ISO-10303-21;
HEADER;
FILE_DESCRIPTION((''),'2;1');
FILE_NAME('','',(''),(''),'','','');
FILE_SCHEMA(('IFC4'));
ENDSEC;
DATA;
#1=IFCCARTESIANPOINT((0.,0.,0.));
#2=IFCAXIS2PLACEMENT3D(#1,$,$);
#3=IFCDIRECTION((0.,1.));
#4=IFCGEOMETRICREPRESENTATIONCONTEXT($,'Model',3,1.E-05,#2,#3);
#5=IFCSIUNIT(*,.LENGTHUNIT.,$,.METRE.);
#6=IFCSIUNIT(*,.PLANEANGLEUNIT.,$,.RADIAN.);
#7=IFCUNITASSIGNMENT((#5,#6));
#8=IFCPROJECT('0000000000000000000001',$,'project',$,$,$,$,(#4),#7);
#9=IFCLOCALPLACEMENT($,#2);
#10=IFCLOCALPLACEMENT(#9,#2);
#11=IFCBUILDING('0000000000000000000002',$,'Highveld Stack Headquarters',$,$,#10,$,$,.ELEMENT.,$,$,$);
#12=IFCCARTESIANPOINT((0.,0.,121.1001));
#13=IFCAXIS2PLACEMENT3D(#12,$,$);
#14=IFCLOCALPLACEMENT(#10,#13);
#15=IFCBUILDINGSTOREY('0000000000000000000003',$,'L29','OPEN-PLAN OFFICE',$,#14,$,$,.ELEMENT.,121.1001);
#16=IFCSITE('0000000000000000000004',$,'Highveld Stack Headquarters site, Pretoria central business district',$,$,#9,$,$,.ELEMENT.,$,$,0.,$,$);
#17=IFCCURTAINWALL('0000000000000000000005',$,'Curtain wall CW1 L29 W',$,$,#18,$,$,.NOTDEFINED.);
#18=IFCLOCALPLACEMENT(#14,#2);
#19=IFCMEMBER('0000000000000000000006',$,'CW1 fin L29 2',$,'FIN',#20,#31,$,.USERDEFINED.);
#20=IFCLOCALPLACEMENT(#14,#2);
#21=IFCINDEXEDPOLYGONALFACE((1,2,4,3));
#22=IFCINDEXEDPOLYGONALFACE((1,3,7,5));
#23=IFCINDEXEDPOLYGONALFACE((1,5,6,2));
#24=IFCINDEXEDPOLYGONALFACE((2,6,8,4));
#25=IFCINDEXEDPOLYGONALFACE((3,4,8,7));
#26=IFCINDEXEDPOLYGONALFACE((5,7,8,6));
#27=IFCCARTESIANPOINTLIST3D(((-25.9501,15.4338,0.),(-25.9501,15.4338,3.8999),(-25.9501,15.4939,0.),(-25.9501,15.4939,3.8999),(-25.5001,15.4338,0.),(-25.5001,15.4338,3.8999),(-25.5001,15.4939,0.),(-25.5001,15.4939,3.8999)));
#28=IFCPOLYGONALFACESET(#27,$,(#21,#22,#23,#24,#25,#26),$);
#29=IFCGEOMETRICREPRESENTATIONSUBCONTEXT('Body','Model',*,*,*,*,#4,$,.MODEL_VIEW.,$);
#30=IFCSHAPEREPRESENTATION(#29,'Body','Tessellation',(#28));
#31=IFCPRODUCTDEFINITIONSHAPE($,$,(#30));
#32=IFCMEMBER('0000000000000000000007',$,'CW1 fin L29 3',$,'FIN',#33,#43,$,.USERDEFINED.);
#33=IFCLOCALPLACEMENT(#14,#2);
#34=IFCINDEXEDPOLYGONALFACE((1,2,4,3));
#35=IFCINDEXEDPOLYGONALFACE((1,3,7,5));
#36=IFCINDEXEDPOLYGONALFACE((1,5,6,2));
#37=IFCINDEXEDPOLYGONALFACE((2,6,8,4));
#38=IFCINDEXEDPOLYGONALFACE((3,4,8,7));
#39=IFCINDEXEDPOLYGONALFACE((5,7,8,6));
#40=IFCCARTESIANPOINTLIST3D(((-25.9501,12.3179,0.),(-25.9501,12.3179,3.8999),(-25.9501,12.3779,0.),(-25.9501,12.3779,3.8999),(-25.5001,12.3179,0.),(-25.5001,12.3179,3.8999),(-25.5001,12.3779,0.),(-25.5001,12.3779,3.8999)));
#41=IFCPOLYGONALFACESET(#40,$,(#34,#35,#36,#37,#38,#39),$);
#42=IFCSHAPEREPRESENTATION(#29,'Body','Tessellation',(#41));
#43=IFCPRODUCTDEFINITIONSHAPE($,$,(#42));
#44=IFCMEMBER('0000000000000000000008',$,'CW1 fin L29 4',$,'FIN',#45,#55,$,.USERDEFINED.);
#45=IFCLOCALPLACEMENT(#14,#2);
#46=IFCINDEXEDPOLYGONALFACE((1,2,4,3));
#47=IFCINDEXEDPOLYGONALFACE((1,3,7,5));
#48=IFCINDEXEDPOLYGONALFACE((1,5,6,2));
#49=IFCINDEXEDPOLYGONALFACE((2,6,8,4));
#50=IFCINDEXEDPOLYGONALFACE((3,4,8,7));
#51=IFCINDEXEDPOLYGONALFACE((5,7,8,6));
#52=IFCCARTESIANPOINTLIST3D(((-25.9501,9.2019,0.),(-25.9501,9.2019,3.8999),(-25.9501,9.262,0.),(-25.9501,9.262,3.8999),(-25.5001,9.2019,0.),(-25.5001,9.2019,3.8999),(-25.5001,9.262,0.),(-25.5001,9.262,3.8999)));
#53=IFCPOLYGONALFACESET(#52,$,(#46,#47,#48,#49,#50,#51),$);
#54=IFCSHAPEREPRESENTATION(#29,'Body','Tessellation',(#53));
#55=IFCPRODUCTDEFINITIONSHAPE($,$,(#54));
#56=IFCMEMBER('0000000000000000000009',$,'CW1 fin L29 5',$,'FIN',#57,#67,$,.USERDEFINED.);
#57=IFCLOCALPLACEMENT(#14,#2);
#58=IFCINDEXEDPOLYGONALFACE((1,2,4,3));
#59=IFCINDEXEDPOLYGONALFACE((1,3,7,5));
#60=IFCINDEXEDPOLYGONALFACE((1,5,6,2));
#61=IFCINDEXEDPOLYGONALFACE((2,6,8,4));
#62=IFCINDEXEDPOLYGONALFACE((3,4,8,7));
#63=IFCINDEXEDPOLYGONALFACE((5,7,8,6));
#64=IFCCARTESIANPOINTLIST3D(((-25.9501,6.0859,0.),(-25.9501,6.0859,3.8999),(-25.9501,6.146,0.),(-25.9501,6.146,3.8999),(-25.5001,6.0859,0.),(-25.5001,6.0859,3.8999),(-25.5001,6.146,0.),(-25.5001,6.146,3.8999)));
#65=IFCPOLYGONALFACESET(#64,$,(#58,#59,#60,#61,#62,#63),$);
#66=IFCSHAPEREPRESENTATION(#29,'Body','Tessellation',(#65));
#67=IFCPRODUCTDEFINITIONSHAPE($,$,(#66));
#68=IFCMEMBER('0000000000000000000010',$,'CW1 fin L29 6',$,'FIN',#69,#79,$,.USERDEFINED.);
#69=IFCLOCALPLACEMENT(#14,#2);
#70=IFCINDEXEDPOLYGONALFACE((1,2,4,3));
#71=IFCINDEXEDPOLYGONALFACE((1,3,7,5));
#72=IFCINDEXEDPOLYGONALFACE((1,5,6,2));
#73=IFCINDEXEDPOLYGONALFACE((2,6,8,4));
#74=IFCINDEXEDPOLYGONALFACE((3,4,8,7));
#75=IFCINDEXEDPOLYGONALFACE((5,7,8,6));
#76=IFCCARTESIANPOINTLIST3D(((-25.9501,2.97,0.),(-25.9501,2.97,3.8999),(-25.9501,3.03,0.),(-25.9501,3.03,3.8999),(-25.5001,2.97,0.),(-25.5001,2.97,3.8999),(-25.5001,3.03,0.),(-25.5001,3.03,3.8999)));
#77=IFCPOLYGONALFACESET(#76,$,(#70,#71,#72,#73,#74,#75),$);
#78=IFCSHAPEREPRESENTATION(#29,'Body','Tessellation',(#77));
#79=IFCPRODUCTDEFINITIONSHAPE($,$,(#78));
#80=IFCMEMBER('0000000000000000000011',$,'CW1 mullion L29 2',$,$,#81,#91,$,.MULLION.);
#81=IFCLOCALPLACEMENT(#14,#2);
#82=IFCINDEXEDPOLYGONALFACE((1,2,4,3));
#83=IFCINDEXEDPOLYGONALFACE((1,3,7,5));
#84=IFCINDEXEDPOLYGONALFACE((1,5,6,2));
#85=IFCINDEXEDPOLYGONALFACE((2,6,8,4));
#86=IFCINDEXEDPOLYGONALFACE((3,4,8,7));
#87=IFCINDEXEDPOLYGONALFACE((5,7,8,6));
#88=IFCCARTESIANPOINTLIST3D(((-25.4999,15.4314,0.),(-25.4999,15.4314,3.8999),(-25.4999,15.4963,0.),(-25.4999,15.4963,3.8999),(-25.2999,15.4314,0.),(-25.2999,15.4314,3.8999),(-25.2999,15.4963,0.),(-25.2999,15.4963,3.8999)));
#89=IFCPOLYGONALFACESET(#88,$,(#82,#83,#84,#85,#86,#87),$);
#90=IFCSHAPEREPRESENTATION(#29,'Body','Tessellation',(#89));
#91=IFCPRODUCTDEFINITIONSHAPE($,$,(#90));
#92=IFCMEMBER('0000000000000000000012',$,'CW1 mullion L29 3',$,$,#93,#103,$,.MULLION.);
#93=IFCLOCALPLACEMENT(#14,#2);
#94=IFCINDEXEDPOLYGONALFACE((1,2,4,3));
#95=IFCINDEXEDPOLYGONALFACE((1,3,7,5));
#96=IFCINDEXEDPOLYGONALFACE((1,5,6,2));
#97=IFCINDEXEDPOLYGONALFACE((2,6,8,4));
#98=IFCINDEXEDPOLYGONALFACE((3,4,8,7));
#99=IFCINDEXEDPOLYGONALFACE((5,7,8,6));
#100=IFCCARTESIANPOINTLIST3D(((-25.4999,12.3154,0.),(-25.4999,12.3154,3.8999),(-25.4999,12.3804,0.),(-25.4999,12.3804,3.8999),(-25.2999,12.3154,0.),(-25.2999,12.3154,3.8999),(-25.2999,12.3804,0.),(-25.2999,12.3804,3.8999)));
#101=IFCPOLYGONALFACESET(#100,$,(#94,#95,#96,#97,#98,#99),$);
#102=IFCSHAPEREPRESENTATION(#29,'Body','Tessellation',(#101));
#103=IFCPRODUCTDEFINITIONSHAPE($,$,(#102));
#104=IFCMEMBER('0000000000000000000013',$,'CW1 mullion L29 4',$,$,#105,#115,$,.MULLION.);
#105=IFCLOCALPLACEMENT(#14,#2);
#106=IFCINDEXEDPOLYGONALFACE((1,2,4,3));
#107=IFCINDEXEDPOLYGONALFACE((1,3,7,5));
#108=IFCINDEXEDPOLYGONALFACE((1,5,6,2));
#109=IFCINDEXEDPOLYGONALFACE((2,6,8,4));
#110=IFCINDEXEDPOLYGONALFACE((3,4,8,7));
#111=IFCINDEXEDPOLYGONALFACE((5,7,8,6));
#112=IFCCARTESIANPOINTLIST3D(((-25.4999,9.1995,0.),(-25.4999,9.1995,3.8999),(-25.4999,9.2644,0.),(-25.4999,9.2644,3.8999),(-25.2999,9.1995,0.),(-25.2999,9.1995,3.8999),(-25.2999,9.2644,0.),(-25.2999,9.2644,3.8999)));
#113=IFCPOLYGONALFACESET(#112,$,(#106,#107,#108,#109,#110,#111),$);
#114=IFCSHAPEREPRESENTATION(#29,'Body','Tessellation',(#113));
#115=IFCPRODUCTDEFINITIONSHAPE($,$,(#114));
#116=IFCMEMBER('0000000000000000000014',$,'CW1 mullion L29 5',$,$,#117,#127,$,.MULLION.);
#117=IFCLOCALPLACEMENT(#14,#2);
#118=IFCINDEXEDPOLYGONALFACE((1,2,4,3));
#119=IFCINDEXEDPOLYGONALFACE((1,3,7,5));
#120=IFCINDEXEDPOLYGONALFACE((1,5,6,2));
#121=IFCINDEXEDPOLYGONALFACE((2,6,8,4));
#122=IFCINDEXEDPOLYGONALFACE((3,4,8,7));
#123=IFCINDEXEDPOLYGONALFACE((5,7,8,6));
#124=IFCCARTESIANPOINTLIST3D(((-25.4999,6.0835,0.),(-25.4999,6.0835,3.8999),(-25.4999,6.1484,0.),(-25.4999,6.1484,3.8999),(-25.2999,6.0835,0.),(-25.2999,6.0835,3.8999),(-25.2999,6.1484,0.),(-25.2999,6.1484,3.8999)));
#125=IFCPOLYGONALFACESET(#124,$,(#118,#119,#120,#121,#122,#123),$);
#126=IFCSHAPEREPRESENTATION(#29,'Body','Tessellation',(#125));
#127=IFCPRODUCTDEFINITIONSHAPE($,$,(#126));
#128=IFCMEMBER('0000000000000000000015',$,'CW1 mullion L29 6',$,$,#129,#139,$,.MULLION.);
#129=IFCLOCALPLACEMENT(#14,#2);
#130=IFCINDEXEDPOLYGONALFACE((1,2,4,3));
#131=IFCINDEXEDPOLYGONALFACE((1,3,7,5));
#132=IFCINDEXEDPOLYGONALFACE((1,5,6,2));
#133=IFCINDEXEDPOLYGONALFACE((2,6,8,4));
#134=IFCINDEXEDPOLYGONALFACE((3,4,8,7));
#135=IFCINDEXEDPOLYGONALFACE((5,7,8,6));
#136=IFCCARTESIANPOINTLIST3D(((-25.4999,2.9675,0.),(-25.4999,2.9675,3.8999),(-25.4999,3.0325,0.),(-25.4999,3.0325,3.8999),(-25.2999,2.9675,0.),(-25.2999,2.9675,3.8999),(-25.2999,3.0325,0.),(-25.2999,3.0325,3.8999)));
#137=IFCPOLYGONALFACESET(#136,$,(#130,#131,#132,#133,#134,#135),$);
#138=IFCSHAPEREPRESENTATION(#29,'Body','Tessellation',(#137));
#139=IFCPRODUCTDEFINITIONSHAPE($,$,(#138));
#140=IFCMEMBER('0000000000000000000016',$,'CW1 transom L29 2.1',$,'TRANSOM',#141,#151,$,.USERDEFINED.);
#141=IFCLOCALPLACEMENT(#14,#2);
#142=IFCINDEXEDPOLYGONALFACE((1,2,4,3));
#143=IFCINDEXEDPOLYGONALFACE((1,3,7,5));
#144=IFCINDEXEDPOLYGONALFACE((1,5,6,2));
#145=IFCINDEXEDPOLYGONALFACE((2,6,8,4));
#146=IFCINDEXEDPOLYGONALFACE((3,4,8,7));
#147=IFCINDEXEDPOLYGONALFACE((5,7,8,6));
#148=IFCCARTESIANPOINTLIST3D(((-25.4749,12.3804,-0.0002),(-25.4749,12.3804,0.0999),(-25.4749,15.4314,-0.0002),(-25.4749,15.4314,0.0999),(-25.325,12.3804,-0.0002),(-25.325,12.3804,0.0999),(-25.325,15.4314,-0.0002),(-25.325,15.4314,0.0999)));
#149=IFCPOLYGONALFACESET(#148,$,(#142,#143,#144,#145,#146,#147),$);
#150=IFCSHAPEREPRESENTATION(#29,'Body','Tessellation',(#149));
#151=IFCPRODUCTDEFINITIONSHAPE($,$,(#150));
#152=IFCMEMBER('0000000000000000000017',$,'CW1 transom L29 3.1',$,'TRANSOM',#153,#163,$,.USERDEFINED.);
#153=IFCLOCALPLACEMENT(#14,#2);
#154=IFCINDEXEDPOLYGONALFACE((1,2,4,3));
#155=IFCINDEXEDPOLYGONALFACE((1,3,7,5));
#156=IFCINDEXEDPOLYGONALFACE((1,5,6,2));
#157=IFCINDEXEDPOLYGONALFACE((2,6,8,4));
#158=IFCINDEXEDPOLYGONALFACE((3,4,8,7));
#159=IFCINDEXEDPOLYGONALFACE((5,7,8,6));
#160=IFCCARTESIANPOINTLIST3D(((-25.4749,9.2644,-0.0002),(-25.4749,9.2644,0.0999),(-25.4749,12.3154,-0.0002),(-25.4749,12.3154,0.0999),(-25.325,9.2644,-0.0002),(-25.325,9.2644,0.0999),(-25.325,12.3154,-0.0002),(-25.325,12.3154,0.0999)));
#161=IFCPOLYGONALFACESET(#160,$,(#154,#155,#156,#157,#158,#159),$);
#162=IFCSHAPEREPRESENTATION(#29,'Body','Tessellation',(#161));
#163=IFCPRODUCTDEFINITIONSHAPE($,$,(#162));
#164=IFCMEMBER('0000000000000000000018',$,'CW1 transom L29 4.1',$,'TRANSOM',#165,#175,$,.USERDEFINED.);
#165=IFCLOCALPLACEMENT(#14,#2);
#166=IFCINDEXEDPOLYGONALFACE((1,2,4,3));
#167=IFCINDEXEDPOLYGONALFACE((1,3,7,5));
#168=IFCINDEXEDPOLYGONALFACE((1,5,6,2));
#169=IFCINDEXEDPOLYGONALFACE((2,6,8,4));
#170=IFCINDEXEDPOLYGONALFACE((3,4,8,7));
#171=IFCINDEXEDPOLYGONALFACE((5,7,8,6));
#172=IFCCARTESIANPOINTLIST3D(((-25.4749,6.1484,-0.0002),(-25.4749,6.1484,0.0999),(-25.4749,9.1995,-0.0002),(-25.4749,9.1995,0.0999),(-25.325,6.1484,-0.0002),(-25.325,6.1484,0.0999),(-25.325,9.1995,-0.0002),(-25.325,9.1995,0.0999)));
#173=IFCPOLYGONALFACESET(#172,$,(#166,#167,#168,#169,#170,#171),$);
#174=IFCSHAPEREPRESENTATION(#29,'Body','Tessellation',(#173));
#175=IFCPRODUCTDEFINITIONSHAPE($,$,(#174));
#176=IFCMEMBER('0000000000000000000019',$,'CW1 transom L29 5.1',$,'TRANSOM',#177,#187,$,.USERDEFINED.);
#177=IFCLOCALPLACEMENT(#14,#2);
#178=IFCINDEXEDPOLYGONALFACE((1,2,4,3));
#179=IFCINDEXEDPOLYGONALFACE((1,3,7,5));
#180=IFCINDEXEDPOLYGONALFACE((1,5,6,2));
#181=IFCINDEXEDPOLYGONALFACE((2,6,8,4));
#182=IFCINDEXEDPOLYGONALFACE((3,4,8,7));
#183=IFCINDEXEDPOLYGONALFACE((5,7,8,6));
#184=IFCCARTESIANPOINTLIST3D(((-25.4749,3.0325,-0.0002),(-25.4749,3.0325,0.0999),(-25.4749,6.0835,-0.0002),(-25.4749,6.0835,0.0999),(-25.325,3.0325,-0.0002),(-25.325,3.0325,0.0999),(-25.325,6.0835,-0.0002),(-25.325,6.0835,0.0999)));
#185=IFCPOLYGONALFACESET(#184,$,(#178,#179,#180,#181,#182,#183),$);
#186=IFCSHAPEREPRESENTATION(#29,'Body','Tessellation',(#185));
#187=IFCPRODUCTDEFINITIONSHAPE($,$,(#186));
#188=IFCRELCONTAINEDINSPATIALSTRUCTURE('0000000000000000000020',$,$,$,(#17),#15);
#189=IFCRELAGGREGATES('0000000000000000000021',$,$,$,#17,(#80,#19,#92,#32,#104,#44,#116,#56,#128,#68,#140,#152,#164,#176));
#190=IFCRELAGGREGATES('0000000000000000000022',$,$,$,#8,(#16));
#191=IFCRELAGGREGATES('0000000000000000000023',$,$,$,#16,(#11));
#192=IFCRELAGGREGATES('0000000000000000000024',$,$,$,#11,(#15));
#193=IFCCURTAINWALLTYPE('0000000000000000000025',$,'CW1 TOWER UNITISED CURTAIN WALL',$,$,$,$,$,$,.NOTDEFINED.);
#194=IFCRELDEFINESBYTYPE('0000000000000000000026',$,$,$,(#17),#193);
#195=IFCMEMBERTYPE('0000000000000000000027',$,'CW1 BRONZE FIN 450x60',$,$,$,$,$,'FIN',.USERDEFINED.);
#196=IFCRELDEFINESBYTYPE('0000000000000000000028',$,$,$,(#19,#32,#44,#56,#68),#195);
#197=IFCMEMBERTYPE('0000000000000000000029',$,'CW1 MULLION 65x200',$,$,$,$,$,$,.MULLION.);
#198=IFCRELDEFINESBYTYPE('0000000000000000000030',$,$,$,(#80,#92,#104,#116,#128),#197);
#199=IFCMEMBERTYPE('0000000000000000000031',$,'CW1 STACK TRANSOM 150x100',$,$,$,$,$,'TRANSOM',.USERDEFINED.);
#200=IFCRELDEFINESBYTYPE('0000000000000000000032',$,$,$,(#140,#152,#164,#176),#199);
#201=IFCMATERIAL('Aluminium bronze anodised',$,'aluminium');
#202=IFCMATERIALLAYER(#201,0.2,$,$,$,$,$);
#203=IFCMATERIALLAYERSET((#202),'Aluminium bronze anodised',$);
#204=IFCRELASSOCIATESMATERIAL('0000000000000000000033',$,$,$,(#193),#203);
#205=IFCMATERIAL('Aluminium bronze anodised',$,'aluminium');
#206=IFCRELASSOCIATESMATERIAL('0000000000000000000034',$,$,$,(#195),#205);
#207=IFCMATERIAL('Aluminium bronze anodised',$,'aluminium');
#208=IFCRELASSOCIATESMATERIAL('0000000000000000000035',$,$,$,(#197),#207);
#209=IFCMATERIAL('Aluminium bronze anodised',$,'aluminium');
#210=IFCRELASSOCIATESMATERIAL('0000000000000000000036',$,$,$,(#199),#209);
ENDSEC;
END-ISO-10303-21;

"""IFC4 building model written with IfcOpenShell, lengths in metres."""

from ifc_helpers import new_model, si_unit, direction, frame, origin, origin_2d, place, context, subcontext, project, spatial, rectangle, extrude, material, layer, layer_set, material_profile, profile_set, type_object, element, aggregate, save


model = new_model("IFC4")

# Units and contexts
model_context = context("Model", 3, precision=1e-05, world=origin(), true_north=direction((0.0, 1.0)))
body_context = subcontext(model_context, "Body", "Model", "MODEL_VIEW")
ifc_project = project(units=[si_unit("LENGTHUNIT", "METRE"), si_unit("PLANEANGLEUNIT", "RADIAN")], contexts=[model_context])

# Site, building, storey
site_placement = place(None, origin())
site = spatial("IfcSite", under=ifc_project, at=site_placement, Name="Highveld Stack Headquarters site, Pretoria central business district", CompositionType="ELEMENT", RefElevation=0.0)
building_placement = place(site_placement, origin())
building = spatial("IfcBuilding", under=site, at=building_placement, Name="Highveld Stack Headquarters", CompositionType="ELEMENT")
storey_placement = place(building_placement, frame((0.0, 0.0, 121.1001)))
storey = spatial("IfcBuildingStorey", under=building, at=storey_placement, Name="L29", Description="OPEN-PLAN OFFICE", CompositionType="ELEMENT", Elevation=121.1001)

# Curtain wall, members
ifc_material_1 = material(Name="Aluminium bronze anodised", Category="aluminium")
ifc_layer_1 = layer(ifc_material_1, 0.2)
ifc_layer_set_1 = layer_set([ifc_layer_1], Name="Aluminium bronze anodised")
curtain_wall_type = type_object("IfcCurtainWallType", Name="CW1 TOWER UNITISED CURTAIN WALL", PredefinedType="NOTDEFINED", material=ifc_layer_set_1)
curtain_wall_placement = place(storey_placement, origin())
curtain_wall = element("IfcCurtainWall", 1, at=curtain_wall_placement, inside=storey, type_object=curtain_wall_type, Name="Curtain wall CW1 L29 W", PredefinedType="NOTDEFINED")
ifc_material_2 = material(Name="Aluminium bronze anodised", Category="aluminium")
ifc_material_profile_1 = material_profile(ifc_material_2, rectangle(XDim=0.45, YDim=0.0601, at=origin_2d()), Name="FIN 450x60")
ifc_profile_set_1 = profile_set([ifc_material_profile_1], Name="Aluminium bronze anodised")
member_type_1 = type_object("IfcMemberType", Name="CW1 BRONZE FIN 450x60", ElementType="FIN", PredefinedType="USERDEFINED", material=ifc_profile_set_1)
member_1_placement = place(storey_placement, frame((-25.7251, 15.4639, 0.0), z_axis=(0.0, 0.0, 1.0), x_axis=(1.0, 0.0, 0.0)))
member_1 = element("IfcMember", 2, at=member_1_placement, type_object=member_type_1, Name="CW1 fin L29 2", ObjectType="FIN", PredefinedType="USERDEFINED", context=body_context, shape_type="SweptSolid", body=[
    extrude(rectangle(XDim=0.45, YDim=0.0601, at=origin_2d()), origin(), (0.0, 0.0, 1.0), 3.8999),
])
member_2_placement = place(storey_placement, frame((-25.7251, 12.3479, 0.0), z_axis=(0.0, 0.0, 1.0), x_axis=(1.0, 0.0, 0.0)))
member_2 = element("IfcMember", 3, at=member_2_placement, type_object=member_type_1, Name="CW1 fin L29 3", ObjectType="FIN", PredefinedType="USERDEFINED", context=body_context, shape_type="SweptSolid", body=[
    extrude(rectangle(XDim=0.45, YDim=0.0601, at=origin_2d()), origin(), (0.0, 0.0, 1.0), 3.8999),
])
member_3_placement = place(storey_placement, frame((-25.7251, 9.2319, 0.0), z_axis=(0.0, 0.0, 1.0), x_axis=(1.0, 0.0, 0.0)))
member_3 = element("IfcMember", 4, at=member_3_placement, type_object=member_type_1, Name="CW1 fin L29 4", ObjectType="FIN", PredefinedType="USERDEFINED", context=body_context, shape_type="SweptSolid", body=[
    extrude(rectangle(XDim=0.45, YDim=0.0601, at=origin_2d()), origin(), (0.0, 0.0, 1.0), 3.8999),
])
member_4_placement = place(storey_placement, frame((-25.7251, 6.116, 0.0), z_axis=(0.0, 0.0, 1.0), x_axis=(1.0, 0.0, 0.0)))
member_4 = element("IfcMember", 5, at=member_4_placement, type_object=member_type_1, Name="CW1 fin L29 5", ObjectType="FIN", PredefinedType="USERDEFINED", context=body_context, shape_type="SweptSolid", body=[
    extrude(rectangle(XDim=0.45, YDim=0.0601, at=origin_2d()), origin(), (0.0, 0.0, 1.0), 3.8999),
])
member_5_placement = place(storey_placement, frame((-25.7251, 3.0, 0.0), z_axis=(0.0, 0.0, 1.0), x_axis=(1.0, 0.0, 0.0)))
member_5 = element("IfcMember", 6, at=member_5_placement, type_object=member_type_1, Name="CW1 fin L29 6", ObjectType="FIN", PredefinedType="USERDEFINED", context=body_context, shape_type="SweptSolid", body=[
    extrude(rectangle(XDim=0.45, YDim=0.0601, at=origin_2d()), origin(), (0.0, 0.0, 1.0), 3.8999),
])
ifc_material_3 = material(Name="Aluminium bronze anodised", Category="aluminium")
ifc_material_profile_2 = material_profile(ifc_material_3, rectangle(XDim=0.2, YDim=0.0649, at=origin_2d()), Name="CW1 MULLION 65x200")
ifc_profile_set_2 = profile_set([ifc_material_profile_2], Name="Aluminium bronze anodised")
member_type_2 = type_object("IfcMemberType", Name="CW1 MULLION 65x200", PredefinedType="MULLION", material=ifc_profile_set_2)
member_6_placement = place(storey_placement, frame((-25.3999, 15.4639, 0.0), z_axis=(0.0, 0.0, 1.0), x_axis=(1.0, 0.0, 0.0)))
member_6 = element("IfcMember", 7, at=member_6_placement, type_object=member_type_2, Name="CW1 mullion L29 2", PredefinedType="MULLION", context=body_context, shape_type="SweptSolid", body=[
    extrude(rectangle(XDim=0.2, YDim=0.0649, at=origin_2d()), origin(), (0.0, 0.0, 1.0), 3.8999),
])
member_7_placement = place(storey_placement, frame((-25.3999, 12.3479, 0.0), z_axis=(0.0, 0.0, 1.0), x_axis=(1.0, 0.0, 0.0)))
member_7 = element("IfcMember", 8, at=member_7_placement, type_object=member_type_2, Name="CW1 mullion L29 3", PredefinedType="MULLION", context=body_context, shape_type="SweptSolid", body=[
    extrude(rectangle(XDim=0.2, YDim=0.0649, at=origin_2d()), origin(), (0.0, 0.0, 1.0), 3.8999),
])
member_8_placement = place(storey_placement, frame((-25.3999, 9.2319, 0.0), z_axis=(0.0, 0.0, 1.0), x_axis=(1.0, 0.0, 0.0)))
member_8 = element("IfcMember", 9, at=member_8_placement, type_object=member_type_2, Name="CW1 mullion L29 4", PredefinedType="MULLION", context=body_context, shape_type="SweptSolid", body=[
    extrude(rectangle(XDim=0.2, YDim=0.0649, at=origin_2d()), origin(), (0.0, 0.0, 1.0), 3.8999),
])
member_9_placement = place(storey_placement, frame((-25.3999, 6.116, 0.0), z_axis=(0.0, 0.0, 1.0), x_axis=(1.0, 0.0, 0.0)))
member_9 = element("IfcMember", 10, at=member_9_placement, type_object=member_type_2, Name="CW1 mullion L29 5", PredefinedType="MULLION", context=body_context, shape_type="SweptSolid", body=[
    extrude(rectangle(XDim=0.2, YDim=0.0649, at=origin_2d()), origin(), (0.0, 0.0, 1.0), 3.8999),
])
member_10_placement = place(storey_placement, frame((-25.3999, 3.0, 0.0), z_axis=(0.0, 0.0, 1.0), x_axis=(1.0, 0.0, 0.0)))
member_10 = element("IfcMember", 11, at=member_10_placement, type_object=member_type_2, Name="CW1 mullion L29 6", PredefinedType="MULLION", context=body_context, shape_type="SweptSolid", body=[
    extrude(rectangle(XDim=0.2, YDim=0.0649, at=origin_2d()), origin(), (0.0, 0.0, 1.0), 3.8999),
])
ifc_material_4 = material(Name="Aluminium bronze anodised", Category="aluminium")
ifc_material_profile_3 = material_profile(ifc_material_4, rectangle(XDim=0.1499, YDim=0.1001, at=origin_2d()), Name="CW1 TRANSOM 150x100")
ifc_profile_set_3 = profile_set([ifc_material_profile_3], Name="Aluminium bronze anodised")
member_type_3 = type_object("IfcMemberType", Name="CW1 STACK TRANSOM 150x100", ElementType="TRANSOM", PredefinedType="USERDEFINED", material=ifc_profile_set_3)
member_11_placement = place(storey_placement, frame((-25.3999, 15.4314, 0.0498), z_axis=(0.0, -1.0, 0.0), x_axis=(1.0, 0.0, 0.0)))
member_11 = element("IfcMember", 12, at=member_11_placement, type_object=member_type_3, Name="CW1 transom L29 2.1", ObjectType="TRANSOM", PredefinedType="USERDEFINED", context=body_context, shape_type="SweptSolid", body=[
    extrude(rectangle(XDim=0.1499, YDim=0.1001, at=origin_2d()), origin(), (0.0, 0.0, 1.0), 3.051),
])
member_12_placement = place(storey_placement, frame((-25.3999, 12.3154, 0.0498), z_axis=(0.0, -1.0, 0.0), x_axis=(1.0, 0.0, 0.0)))
member_12 = element("IfcMember", 13, at=member_12_placement, type_object=member_type_3, Name="CW1 transom L29 3.1", ObjectType="TRANSOM", PredefinedType="USERDEFINED", context=body_context, shape_type="SweptSolid", body=[
    extrude(rectangle(XDim=0.1499, YDim=0.1001, at=origin_2d()), origin(), (0.0, 0.0, 1.0), 3.051),
])
member_13_placement = place(storey_placement, frame((-25.3999, 9.1995, 0.0498), z_axis=(0.0, -1.0, 0.0), x_axis=(1.0, 0.0, 0.0)))
member_13 = element("IfcMember", 14, at=member_13_placement, type_object=member_type_3, Name="CW1 transom L29 4.1", ObjectType="TRANSOM", PredefinedType="USERDEFINED", context=body_context, shape_type="SweptSolid", body=[
    extrude(rectangle(XDim=0.1499, YDim=0.1001, at=origin_2d()), origin(), (0.0, 0.0, 1.0), 3.051),
])
member_14_placement = place(storey_placement, frame((-25.3999, 6.0835, 0.0498), z_axis=(0.0, -1.0, 0.0), x_axis=(1.0, 0.0, 0.0)))
member_14 = element("IfcMember", 15, at=member_14_placement, type_object=member_type_3, Name="CW1 transom L29 5.1", ObjectType="TRANSOM", PredefinedType="USERDEFINED", context=body_context, shape_type="SweptSolid", body=[
    extrude(rectangle(XDim=0.1499, YDim=0.1001, at=origin_2d()), origin(), (0.0, 0.0, 1.0), 3.051),
])

aggregate(curtain_wall, [member_6, member_1, member_7, member_2, member_8, member_3, member_9, member_4, member_10, member_5, member_11, member_12, member_13, member_14])

save(model, "model.ifc")
